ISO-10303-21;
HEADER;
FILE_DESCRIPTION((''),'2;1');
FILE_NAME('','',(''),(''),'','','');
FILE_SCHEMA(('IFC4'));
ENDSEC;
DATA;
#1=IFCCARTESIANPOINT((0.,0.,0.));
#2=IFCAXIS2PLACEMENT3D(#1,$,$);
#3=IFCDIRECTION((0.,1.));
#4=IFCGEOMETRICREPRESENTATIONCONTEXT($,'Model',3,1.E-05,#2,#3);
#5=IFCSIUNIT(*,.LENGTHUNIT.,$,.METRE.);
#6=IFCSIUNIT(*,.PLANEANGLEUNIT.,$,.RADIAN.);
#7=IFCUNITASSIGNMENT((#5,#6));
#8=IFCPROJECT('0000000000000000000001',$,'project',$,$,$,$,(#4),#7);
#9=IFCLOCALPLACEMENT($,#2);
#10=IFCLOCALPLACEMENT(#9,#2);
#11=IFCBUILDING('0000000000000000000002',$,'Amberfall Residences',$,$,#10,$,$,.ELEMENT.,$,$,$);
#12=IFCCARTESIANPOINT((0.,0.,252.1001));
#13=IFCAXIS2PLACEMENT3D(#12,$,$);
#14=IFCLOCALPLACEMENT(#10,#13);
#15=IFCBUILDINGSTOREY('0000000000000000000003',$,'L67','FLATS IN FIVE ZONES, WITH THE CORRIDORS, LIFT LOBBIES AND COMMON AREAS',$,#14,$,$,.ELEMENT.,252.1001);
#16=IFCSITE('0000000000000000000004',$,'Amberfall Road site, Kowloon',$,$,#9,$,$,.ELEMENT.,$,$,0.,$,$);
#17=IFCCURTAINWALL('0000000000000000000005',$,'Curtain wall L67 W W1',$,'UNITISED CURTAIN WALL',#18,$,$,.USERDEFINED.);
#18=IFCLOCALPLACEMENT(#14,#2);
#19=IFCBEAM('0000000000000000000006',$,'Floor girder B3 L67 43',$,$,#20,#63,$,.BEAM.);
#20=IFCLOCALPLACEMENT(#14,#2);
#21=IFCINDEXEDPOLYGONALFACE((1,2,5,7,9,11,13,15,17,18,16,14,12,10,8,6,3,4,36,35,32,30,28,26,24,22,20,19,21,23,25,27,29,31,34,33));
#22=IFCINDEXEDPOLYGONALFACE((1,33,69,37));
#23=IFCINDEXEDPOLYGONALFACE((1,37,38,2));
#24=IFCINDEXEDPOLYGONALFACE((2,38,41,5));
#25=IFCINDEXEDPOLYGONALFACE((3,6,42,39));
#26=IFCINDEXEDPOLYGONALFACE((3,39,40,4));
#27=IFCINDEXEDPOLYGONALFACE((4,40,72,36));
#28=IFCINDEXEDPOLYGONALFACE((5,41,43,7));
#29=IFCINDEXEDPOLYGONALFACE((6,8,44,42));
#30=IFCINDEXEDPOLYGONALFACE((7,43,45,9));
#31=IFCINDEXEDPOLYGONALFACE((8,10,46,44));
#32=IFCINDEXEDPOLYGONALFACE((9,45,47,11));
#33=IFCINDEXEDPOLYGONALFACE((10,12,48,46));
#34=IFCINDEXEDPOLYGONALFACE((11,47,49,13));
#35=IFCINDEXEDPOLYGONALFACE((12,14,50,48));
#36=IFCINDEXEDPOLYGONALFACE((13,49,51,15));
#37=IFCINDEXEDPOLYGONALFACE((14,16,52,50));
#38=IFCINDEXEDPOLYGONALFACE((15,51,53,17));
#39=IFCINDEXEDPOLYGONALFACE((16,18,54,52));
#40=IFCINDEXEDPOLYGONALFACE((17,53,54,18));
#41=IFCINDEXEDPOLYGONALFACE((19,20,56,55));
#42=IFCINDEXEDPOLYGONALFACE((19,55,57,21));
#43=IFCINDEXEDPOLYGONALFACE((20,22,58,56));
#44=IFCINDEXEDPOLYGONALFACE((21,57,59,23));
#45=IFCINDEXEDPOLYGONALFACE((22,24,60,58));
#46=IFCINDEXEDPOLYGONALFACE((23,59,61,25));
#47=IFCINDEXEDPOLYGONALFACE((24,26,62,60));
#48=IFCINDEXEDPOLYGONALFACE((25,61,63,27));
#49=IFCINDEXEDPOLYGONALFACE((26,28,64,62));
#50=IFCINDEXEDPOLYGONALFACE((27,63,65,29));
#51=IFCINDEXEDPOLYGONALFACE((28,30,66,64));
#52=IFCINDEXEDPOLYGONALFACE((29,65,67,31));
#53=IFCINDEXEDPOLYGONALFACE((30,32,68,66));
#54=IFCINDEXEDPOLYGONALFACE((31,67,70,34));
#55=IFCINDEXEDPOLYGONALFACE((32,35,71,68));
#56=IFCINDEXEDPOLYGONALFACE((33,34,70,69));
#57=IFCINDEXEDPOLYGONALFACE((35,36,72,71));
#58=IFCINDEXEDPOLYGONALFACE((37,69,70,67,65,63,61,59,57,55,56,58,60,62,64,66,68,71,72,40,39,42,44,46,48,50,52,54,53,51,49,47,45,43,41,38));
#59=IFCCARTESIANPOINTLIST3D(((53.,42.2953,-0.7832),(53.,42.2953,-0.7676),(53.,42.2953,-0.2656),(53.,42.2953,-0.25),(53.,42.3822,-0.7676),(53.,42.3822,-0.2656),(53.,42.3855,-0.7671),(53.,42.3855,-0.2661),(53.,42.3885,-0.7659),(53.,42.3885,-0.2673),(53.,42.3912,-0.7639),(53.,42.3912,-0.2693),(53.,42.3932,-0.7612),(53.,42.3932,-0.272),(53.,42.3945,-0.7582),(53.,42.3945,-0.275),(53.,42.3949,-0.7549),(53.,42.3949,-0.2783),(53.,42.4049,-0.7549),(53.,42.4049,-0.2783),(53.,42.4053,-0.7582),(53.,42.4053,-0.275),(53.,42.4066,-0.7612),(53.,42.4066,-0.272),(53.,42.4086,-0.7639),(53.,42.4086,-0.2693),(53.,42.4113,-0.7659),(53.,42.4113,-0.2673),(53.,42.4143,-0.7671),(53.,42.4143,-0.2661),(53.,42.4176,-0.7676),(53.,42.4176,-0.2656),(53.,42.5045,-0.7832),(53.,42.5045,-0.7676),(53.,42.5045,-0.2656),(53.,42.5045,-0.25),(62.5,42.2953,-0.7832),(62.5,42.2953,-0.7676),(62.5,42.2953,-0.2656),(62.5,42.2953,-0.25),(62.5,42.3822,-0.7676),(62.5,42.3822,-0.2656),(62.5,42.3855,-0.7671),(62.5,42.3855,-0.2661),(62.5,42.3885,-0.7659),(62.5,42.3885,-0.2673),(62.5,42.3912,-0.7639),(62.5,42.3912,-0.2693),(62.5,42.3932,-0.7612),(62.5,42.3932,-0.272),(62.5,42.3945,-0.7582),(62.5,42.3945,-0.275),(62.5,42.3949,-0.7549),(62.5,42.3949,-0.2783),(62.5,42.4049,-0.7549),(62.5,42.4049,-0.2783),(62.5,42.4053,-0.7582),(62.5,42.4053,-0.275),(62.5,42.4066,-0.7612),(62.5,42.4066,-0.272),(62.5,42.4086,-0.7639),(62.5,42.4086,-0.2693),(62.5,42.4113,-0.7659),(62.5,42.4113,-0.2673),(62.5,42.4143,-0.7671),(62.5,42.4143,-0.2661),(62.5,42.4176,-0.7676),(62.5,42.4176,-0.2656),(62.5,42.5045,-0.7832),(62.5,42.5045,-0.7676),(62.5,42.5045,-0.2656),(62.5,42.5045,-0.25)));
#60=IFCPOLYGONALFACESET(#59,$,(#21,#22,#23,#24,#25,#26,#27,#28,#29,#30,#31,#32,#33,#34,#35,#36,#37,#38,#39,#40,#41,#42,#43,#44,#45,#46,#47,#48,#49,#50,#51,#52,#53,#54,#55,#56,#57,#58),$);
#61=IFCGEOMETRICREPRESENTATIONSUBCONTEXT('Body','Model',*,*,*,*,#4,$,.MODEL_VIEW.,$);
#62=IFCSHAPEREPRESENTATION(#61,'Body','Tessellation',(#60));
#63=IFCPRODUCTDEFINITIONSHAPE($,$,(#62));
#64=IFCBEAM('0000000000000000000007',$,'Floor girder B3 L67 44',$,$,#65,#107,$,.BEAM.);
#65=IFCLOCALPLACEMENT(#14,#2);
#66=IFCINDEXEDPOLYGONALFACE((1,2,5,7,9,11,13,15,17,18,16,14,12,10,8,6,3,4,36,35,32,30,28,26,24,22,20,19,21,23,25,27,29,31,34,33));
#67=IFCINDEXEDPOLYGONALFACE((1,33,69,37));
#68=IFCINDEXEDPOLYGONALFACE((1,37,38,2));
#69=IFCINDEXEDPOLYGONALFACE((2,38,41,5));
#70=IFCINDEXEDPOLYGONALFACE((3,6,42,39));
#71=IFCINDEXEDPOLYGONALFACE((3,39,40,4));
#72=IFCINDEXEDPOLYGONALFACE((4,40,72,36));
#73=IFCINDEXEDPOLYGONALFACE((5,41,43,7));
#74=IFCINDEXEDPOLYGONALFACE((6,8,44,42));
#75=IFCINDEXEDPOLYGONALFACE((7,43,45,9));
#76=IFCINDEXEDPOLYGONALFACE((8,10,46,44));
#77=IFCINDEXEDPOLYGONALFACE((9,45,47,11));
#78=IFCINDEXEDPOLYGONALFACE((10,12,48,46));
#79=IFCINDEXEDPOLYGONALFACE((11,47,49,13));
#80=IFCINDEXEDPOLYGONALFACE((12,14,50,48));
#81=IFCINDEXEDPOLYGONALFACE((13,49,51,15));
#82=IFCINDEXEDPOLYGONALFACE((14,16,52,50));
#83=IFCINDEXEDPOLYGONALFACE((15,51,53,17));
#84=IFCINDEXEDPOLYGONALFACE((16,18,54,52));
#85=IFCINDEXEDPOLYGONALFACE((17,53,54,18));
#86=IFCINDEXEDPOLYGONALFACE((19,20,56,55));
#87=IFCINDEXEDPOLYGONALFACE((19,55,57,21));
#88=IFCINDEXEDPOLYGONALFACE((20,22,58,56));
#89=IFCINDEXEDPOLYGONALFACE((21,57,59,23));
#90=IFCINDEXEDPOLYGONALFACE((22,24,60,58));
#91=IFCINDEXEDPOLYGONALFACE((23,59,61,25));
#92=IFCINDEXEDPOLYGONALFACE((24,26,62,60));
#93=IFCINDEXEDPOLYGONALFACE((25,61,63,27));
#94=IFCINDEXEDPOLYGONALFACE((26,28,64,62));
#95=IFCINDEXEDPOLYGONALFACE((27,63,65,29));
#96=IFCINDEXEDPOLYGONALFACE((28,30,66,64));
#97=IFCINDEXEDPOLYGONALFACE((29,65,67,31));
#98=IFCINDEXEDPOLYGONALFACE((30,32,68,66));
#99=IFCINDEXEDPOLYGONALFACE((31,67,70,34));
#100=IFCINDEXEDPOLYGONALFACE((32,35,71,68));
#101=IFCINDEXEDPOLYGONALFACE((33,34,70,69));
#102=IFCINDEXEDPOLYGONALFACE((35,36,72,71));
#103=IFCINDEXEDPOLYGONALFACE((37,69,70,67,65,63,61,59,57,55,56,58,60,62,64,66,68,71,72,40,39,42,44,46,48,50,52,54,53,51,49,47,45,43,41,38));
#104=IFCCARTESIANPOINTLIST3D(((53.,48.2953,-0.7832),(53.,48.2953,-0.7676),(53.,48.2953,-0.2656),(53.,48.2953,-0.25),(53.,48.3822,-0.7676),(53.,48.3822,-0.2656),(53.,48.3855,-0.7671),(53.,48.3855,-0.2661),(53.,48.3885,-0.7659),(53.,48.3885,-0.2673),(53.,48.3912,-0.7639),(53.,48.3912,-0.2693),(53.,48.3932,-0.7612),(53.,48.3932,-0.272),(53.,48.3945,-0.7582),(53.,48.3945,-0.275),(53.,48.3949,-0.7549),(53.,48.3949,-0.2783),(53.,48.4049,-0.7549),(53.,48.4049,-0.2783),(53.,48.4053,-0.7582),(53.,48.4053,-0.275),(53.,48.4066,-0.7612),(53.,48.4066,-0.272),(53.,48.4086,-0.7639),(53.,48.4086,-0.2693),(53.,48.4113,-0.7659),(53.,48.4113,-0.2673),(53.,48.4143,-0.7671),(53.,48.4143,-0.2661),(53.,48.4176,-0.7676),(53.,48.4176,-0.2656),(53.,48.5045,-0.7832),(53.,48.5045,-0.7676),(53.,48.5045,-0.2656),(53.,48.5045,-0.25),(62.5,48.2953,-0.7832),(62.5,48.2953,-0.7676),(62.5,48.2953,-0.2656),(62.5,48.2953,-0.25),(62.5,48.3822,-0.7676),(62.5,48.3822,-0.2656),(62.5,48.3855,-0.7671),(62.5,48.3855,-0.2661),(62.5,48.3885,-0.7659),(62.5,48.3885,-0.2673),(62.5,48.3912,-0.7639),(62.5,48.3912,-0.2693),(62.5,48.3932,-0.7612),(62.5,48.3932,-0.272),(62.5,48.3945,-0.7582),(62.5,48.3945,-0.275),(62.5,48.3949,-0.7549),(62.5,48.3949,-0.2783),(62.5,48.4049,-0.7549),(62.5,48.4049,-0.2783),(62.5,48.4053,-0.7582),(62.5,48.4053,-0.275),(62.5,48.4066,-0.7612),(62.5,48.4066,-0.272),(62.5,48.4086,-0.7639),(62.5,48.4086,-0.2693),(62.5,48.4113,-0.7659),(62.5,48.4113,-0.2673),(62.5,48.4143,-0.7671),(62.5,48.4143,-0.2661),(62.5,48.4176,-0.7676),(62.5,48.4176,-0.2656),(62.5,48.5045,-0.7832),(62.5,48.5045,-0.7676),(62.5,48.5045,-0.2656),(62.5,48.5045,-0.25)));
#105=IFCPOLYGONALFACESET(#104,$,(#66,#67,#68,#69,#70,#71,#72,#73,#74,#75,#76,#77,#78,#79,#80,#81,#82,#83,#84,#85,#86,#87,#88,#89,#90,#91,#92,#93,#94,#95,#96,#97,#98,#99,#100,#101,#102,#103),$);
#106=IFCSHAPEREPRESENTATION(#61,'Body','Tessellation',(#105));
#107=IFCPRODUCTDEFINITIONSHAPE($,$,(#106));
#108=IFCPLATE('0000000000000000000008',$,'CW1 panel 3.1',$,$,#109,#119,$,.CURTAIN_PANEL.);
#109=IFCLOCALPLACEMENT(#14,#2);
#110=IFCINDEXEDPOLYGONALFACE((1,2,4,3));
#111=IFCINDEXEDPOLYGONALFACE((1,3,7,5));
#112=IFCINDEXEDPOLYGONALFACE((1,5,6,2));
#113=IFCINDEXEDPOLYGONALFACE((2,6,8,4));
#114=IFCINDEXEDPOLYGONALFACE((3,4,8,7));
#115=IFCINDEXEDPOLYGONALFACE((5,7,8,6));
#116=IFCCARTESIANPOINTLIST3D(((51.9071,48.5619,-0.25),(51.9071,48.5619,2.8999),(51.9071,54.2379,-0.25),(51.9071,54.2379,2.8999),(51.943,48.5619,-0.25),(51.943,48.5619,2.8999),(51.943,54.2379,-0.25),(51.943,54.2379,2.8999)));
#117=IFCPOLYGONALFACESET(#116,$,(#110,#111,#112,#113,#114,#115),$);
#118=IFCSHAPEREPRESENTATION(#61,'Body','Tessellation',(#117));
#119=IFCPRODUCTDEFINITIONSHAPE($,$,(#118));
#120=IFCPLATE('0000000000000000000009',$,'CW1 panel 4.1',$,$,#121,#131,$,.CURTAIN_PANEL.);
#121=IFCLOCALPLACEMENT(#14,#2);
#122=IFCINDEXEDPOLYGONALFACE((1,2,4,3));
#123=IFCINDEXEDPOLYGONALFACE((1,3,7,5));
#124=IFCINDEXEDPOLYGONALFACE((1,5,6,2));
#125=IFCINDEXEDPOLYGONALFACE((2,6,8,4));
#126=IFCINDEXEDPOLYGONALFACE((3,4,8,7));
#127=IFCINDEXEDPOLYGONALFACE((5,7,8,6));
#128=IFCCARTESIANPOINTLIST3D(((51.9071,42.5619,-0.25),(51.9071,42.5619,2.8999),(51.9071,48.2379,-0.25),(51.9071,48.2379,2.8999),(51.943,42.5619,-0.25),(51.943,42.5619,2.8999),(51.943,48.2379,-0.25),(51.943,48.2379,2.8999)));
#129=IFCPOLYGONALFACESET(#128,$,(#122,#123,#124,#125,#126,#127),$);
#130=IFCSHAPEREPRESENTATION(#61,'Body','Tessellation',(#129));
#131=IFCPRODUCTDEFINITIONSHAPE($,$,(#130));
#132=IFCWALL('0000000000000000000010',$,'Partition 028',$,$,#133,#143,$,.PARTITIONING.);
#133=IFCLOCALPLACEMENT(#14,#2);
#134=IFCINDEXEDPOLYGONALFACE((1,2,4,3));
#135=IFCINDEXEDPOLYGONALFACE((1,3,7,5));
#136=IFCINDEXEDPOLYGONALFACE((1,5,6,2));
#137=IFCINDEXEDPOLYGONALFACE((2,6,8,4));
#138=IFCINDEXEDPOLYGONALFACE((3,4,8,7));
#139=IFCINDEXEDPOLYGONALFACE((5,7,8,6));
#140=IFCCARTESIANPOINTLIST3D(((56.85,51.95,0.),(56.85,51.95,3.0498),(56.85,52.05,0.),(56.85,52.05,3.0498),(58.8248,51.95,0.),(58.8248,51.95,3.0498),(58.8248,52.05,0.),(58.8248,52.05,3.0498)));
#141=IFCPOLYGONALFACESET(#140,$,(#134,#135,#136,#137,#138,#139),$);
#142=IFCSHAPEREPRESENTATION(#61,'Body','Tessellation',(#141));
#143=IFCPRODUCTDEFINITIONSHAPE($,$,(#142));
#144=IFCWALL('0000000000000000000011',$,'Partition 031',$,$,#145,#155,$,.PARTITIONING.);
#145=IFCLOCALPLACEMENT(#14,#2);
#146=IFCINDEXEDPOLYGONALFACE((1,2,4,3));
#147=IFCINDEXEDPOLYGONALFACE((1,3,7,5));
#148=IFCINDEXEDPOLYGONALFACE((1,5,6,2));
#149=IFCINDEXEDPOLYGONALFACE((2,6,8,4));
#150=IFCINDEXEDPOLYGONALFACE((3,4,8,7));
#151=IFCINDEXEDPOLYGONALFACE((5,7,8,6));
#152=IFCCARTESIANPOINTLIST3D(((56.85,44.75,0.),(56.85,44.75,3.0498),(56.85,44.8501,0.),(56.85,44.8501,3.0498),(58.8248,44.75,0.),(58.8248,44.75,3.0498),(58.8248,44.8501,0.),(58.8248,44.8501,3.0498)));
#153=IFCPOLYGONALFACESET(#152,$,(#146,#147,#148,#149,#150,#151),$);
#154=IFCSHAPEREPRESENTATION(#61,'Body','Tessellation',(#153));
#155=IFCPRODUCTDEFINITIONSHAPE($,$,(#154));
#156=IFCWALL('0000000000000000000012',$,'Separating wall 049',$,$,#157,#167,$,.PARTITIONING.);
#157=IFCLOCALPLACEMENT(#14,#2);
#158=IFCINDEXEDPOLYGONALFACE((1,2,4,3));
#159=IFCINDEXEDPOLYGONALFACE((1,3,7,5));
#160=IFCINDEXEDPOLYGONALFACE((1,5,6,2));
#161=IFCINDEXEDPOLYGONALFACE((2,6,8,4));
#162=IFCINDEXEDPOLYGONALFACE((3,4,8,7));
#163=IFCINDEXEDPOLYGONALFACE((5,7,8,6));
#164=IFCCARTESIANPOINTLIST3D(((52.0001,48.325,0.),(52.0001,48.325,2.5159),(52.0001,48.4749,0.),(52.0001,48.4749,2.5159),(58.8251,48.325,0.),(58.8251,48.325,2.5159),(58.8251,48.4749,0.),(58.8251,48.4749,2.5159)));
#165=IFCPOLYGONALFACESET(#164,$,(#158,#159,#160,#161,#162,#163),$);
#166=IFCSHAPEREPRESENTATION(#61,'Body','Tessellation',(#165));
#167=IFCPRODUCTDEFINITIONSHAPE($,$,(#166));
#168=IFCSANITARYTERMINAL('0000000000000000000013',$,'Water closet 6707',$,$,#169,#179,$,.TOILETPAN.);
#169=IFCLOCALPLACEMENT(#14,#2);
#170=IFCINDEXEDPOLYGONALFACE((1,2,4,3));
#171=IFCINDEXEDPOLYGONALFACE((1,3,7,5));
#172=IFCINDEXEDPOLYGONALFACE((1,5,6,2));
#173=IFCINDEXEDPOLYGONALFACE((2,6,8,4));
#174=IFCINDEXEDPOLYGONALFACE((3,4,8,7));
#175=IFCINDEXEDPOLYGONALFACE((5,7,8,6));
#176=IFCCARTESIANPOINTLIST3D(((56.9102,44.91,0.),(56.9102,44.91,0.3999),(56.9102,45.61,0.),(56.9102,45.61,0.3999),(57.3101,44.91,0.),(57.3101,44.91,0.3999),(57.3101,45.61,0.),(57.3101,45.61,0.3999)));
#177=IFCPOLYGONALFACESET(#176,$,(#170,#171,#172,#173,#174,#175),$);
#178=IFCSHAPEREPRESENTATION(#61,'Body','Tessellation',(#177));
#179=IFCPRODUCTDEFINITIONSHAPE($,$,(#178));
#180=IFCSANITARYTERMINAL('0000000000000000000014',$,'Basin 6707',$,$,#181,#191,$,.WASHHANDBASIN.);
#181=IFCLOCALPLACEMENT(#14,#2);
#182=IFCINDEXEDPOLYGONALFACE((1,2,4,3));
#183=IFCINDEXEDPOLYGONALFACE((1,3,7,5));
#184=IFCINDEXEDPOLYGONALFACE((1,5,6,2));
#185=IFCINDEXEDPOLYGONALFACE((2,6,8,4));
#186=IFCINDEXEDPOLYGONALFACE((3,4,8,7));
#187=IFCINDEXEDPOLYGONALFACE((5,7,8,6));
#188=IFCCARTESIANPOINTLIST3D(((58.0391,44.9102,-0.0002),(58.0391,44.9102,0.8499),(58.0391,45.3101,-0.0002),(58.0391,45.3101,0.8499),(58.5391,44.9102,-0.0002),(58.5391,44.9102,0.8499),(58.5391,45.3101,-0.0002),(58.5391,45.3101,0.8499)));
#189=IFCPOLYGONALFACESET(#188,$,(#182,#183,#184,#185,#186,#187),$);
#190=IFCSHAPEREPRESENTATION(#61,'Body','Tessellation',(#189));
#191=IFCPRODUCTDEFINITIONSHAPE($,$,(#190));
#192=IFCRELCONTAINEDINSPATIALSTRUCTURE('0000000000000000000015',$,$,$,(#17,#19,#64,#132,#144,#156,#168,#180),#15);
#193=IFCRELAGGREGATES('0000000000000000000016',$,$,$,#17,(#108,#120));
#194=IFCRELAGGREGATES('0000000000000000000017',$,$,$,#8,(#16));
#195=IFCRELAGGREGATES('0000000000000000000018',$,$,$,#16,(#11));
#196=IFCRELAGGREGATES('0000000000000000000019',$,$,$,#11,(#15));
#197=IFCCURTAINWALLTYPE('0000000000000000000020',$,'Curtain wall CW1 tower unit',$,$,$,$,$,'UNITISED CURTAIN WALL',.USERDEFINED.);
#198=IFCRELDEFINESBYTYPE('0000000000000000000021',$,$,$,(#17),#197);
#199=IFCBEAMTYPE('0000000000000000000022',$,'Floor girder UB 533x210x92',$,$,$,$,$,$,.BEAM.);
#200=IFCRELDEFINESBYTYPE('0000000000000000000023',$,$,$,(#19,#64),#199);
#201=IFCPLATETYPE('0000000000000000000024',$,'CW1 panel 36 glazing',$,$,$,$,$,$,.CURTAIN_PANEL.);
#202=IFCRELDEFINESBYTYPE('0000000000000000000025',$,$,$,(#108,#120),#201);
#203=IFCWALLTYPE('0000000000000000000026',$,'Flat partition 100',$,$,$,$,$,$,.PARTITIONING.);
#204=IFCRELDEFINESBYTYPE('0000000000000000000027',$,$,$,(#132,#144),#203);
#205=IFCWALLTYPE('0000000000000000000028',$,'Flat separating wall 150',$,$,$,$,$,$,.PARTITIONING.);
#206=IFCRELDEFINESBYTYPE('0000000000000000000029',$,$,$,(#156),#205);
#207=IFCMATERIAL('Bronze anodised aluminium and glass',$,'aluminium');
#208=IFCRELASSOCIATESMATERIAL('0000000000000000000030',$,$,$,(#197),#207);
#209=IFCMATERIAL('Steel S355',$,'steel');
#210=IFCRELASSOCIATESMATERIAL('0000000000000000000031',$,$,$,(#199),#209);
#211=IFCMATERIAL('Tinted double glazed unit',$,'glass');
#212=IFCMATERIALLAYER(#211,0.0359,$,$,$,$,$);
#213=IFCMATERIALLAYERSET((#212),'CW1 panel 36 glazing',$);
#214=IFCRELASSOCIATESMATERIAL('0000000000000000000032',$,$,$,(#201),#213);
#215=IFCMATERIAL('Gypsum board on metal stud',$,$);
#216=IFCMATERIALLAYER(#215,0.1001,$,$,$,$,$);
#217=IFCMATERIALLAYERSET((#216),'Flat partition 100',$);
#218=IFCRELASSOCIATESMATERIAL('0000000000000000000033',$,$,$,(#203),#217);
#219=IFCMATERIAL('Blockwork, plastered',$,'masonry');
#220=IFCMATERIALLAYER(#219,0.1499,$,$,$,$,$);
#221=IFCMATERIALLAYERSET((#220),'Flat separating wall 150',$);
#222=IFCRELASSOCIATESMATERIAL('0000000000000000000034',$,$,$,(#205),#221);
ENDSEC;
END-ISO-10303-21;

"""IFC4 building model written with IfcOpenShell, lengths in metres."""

from ifc_helpers import new_model, si_unit, direction, frame, frame_2d, origin, origin_2d, place, context, subcontext, project, spatial, rectangle, i_section, extrude, material, layer, layer_set, material_profile, profile_set, type_object, element, aggregate, save


model = new_model("IFC4")

# Units and contexts
model_context = context("Model", 3, precision=1e-05, world=origin(), true_north=direction((0.0, 1.0)))
body_context = subcontext(model_context, "Body", "Model", "MODEL_VIEW")
ifc_project = project(units=[si_unit("LENGTHUNIT", "METRE"), si_unit("PLANEANGLEUNIT", "RADIAN")], contexts=[model_context])

# Site, building, storey
site_placement = place(None, origin())
site = spatial("IfcSite", under=ifc_project, at=site_placement, Name="Amberfall Road site, Kowloon", CompositionType="ELEMENT", RefElevation=0.0)
building_placement = place(site_placement, origin())
building = spatial("IfcBuilding", under=site, at=building_placement, Name="Amberfall Residences", CompositionType="ELEMENT")
storey_placement = place(building_placement, frame((0.0, 0.0, 252.1001)))
storey = spatial("IfcBuildingStorey", under=building, at=storey_placement, Name="L67", Description="FLATS IN FIVE ZONES, WITH THE CORRIDORS, LIFT LOBBIES AND COMMON AREAS", CompositionType="ELEMENT", Elevation=252.1001)

# Curtain wall
ifc_material_1 = material(Name="Bronze anodised aluminium and glass", Category="aluminium")
curtain_wall_type = type_object("IfcCurtainWallType", Name="Curtain wall CW1 tower unit", ElementType="UNITISED CURTAIN WALL", PredefinedType="USERDEFINED", material=ifc_material_1)
curtain_wall_placement = place(storey_placement, origin())
curtain_wall = element("IfcCurtainWall", 1, at=curtain_wall_placement, inside=storey, type_object=curtain_wall_type, Name="Curtain wall L67 W W1", ObjectType="UNITISED CURTAIN WALL", PredefinedType="USERDEFINED")

# Shared definitions
ifc_material_2 = material(Name="Steel S355", Category="steel")

# Beams
ifc_material_profile_1 = material_profile(ifc_material_2, i_section(OverallWidth=0.2092, OverallDepth=0.5332, WebThickness=0.01, FlangeThickness=0.0156, FilletRadius=0.0127, at=origin_2d()), Name="UB 533x210x92")
ifc_profile_set_1 = profile_set([ifc_material_profile_1], Name="Steel S355")
beam_type_1 = type_object("IfcBeamType", Name="Floor girder UB 533x210x92", PredefinedType="BEAM", material=ifc_profile_set_1)
for number, where, z_axis, x_axis, name in (
    (2, (53.0, 42.3999, -0.5166), (1.0, 0.0, 0.0), (0.0, 1.0, 0.0), "Floor girder B3 L67 43"),
    (3, (53.0, 48.3999, -0.5166), (1.0, 0.0, 0.0), (0.0, 1.0, 0.0), "Floor girder B3 L67 44"),
):
    element("IfcBeam", number, at=place(storey_placement, frame(where, z_axis=z_axis, x_axis=x_axis)), inside=storey, type_object=beam_type_1, Name=name, PredefinedType="BEAM", context=body_context, shape_type="SweptSolid", body=[
        extrude(i_section(OverallWidth=0.2092, OverallDepth=0.5332, WebThickness=0.01, FlangeThickness=0.0156, FilletRadius=0.0127, at=origin_2d()), origin(), (0.0, 0.0, 1.0), 9.5),
    ])

# Plates
ifc_material_3 = material(Name="Tinted double glazed unit", Category="glass")
ifc_layer_1 = layer(ifc_material_3, 0.0359)
ifc_layer_set_1 = layer_set([ifc_layer_1], Name="CW1 panel 36 glazing")
plate_type = type_object("IfcPlateType", Name="CW1 panel 36 glazing", PredefinedType="CURTAIN_PANEL", material=ifc_layer_set_1)
plate_1_placement = place(storey_placement, frame((51.925, 51.3999, -0.25), z_axis=(0.0, 0.0, 1.0), x_axis=(0.0, -1.0, 0.0)))
plate_1 = element("IfcPlate", 4, at=plate_1_placement, type_object=plate_type, Name="CW1 panel 3.1", PredefinedType="CURTAIN_PANEL", context=body_context, shape_type="SweptSolid", body=[
    extrude(rectangle(XDim=5.676, YDim=0.0359, at=origin_2d()), origin(), (0.0, 0.0, 1.0), 3.1499),
])
plate_2_placement = place(storey_placement, frame((51.925, 45.3999, -0.25), z_axis=(0.0, 0.0, 1.0), x_axis=(0.0, -1.0, 0.0)))
plate_2 = element("IfcPlate", 5, at=plate_2_placement, type_object=plate_type, Name="CW1 panel 4.1", PredefinedType="CURTAIN_PANEL", context=body_context, shape_type="SweptSolid", body=[
    extrude(rectangle(XDim=5.676, YDim=0.0359, at=origin_2d()), origin(), (0.0, 0.0, 1.0), 3.1499),
])
aggregate(curtain_wall, [plate_1, plate_2])

# Walls
ifc_material_4 = material(Name="Gypsum board on metal stud")
ifc_layer_2 = layer(ifc_material_4, 0.1001)
ifc_layer_set_2 = layer_set([ifc_layer_2], Name="Flat partition 100")
wall_type_1 = type_object("IfcWallType", Name="Flat partition 100", PredefinedType="PARTITIONING", material=ifc_layer_set_2)
for number, where, z_axis, x_axis, name in (
    (6, (56.8501, 52.0, 0.0), (0.0, 0.0, 1.0), (1.0, 0.0, 0.0), "Partition 028"),
    (7, (56.8501, 44.8, 0.0), (0.0, 0.0, 1.0), (1.0, 0.0, 0.0), "Partition 031"),
):
    element("IfcWall", number, at=place(storey_placement, frame(where, z_axis=z_axis, x_axis=x_axis)), inside=storey, type_object=wall_type_1, Name=name, PredefinedType="PARTITIONING", context=body_context, shape_type="SweptSolid", body=[
        extrude(rectangle(XDim=1.9749, YDim=0.1001, at=frame_2d((0.9873, 0.0))), origin(), (0.0, 0.0, 1.0), 3.0498),
    ])
ifc_material_5 = material(Name="Blockwork, plastered", Category="masonry")
ifc_layer_3 = layer(ifc_material_5, 0.1499)
ifc_layer_set_3 = layer_set([ifc_layer_3], Name="Flat separating wall 150")
wall_type_2 = type_object("IfcWallType", Name="Flat separating wall 150", PredefinedType="PARTITIONING", material=ifc_layer_set_3)
wall_placement = place(storey_placement, frame((52.0, 48.3999, 0.0), z_axis=(0.0, 0.0, 1.0), x_axis=(1.0, 0.0, 0.0)))
element("IfcWall", 8, at=wall_placement, inside=storey, type_object=wall_type_2, Name="Separating wall 049", PredefinedType="PARTITIONING", context=body_context, shape_type="SweptSolid", body=[
    extrude(rectangle(XDim=6.825, YDim=0.1499, at=frame_2d((3.4126, 0.0))), origin(), (0.0, 0.0, 1.0), 2.5159),
])

# Sanitary terminals
sanitary_terminal_1_placement = place(storey_placement, frame((57.1101, 45.26, 0.0), z_axis=(0.0, 0.0, 1.0), x_axis=(1.0, 0.0, 0.0)))
element("IfcSanitaryTerminal", 9, at=sanitary_terminal_1_placement, inside=storey, Name="Water closet 6707", PredefinedType="TOILETPAN", context=body_context, shape_type="SweptSolid", body=[
    extrude(rectangle(XDim=0.3999, YDim=0.7, at=origin_2d()), origin(), (0.0, 0.0, 1.0), 0.3999),
])
sanitary_terminal_2_placement = place(storey_placement, frame((58.2891, 45.1101, -0.0002), z_axis=(0.0, 0.0, 1.0), x_axis=(1.0, 0.0, 0.0)))
element("IfcSanitaryTerminal", 10, at=sanitary_terminal_2_placement, inside=storey, Name="Basin 6707", PredefinedType="WASHHANDBASIN", context=body_context, shape_type="SweptSolid", body=[
    extrude(rectangle(XDim=0.5, YDim=0.3999, at=origin_2d()), origin(), (0.0, 0.0, 1.0), 0.8501),
])

save(model, "model.ifc")
